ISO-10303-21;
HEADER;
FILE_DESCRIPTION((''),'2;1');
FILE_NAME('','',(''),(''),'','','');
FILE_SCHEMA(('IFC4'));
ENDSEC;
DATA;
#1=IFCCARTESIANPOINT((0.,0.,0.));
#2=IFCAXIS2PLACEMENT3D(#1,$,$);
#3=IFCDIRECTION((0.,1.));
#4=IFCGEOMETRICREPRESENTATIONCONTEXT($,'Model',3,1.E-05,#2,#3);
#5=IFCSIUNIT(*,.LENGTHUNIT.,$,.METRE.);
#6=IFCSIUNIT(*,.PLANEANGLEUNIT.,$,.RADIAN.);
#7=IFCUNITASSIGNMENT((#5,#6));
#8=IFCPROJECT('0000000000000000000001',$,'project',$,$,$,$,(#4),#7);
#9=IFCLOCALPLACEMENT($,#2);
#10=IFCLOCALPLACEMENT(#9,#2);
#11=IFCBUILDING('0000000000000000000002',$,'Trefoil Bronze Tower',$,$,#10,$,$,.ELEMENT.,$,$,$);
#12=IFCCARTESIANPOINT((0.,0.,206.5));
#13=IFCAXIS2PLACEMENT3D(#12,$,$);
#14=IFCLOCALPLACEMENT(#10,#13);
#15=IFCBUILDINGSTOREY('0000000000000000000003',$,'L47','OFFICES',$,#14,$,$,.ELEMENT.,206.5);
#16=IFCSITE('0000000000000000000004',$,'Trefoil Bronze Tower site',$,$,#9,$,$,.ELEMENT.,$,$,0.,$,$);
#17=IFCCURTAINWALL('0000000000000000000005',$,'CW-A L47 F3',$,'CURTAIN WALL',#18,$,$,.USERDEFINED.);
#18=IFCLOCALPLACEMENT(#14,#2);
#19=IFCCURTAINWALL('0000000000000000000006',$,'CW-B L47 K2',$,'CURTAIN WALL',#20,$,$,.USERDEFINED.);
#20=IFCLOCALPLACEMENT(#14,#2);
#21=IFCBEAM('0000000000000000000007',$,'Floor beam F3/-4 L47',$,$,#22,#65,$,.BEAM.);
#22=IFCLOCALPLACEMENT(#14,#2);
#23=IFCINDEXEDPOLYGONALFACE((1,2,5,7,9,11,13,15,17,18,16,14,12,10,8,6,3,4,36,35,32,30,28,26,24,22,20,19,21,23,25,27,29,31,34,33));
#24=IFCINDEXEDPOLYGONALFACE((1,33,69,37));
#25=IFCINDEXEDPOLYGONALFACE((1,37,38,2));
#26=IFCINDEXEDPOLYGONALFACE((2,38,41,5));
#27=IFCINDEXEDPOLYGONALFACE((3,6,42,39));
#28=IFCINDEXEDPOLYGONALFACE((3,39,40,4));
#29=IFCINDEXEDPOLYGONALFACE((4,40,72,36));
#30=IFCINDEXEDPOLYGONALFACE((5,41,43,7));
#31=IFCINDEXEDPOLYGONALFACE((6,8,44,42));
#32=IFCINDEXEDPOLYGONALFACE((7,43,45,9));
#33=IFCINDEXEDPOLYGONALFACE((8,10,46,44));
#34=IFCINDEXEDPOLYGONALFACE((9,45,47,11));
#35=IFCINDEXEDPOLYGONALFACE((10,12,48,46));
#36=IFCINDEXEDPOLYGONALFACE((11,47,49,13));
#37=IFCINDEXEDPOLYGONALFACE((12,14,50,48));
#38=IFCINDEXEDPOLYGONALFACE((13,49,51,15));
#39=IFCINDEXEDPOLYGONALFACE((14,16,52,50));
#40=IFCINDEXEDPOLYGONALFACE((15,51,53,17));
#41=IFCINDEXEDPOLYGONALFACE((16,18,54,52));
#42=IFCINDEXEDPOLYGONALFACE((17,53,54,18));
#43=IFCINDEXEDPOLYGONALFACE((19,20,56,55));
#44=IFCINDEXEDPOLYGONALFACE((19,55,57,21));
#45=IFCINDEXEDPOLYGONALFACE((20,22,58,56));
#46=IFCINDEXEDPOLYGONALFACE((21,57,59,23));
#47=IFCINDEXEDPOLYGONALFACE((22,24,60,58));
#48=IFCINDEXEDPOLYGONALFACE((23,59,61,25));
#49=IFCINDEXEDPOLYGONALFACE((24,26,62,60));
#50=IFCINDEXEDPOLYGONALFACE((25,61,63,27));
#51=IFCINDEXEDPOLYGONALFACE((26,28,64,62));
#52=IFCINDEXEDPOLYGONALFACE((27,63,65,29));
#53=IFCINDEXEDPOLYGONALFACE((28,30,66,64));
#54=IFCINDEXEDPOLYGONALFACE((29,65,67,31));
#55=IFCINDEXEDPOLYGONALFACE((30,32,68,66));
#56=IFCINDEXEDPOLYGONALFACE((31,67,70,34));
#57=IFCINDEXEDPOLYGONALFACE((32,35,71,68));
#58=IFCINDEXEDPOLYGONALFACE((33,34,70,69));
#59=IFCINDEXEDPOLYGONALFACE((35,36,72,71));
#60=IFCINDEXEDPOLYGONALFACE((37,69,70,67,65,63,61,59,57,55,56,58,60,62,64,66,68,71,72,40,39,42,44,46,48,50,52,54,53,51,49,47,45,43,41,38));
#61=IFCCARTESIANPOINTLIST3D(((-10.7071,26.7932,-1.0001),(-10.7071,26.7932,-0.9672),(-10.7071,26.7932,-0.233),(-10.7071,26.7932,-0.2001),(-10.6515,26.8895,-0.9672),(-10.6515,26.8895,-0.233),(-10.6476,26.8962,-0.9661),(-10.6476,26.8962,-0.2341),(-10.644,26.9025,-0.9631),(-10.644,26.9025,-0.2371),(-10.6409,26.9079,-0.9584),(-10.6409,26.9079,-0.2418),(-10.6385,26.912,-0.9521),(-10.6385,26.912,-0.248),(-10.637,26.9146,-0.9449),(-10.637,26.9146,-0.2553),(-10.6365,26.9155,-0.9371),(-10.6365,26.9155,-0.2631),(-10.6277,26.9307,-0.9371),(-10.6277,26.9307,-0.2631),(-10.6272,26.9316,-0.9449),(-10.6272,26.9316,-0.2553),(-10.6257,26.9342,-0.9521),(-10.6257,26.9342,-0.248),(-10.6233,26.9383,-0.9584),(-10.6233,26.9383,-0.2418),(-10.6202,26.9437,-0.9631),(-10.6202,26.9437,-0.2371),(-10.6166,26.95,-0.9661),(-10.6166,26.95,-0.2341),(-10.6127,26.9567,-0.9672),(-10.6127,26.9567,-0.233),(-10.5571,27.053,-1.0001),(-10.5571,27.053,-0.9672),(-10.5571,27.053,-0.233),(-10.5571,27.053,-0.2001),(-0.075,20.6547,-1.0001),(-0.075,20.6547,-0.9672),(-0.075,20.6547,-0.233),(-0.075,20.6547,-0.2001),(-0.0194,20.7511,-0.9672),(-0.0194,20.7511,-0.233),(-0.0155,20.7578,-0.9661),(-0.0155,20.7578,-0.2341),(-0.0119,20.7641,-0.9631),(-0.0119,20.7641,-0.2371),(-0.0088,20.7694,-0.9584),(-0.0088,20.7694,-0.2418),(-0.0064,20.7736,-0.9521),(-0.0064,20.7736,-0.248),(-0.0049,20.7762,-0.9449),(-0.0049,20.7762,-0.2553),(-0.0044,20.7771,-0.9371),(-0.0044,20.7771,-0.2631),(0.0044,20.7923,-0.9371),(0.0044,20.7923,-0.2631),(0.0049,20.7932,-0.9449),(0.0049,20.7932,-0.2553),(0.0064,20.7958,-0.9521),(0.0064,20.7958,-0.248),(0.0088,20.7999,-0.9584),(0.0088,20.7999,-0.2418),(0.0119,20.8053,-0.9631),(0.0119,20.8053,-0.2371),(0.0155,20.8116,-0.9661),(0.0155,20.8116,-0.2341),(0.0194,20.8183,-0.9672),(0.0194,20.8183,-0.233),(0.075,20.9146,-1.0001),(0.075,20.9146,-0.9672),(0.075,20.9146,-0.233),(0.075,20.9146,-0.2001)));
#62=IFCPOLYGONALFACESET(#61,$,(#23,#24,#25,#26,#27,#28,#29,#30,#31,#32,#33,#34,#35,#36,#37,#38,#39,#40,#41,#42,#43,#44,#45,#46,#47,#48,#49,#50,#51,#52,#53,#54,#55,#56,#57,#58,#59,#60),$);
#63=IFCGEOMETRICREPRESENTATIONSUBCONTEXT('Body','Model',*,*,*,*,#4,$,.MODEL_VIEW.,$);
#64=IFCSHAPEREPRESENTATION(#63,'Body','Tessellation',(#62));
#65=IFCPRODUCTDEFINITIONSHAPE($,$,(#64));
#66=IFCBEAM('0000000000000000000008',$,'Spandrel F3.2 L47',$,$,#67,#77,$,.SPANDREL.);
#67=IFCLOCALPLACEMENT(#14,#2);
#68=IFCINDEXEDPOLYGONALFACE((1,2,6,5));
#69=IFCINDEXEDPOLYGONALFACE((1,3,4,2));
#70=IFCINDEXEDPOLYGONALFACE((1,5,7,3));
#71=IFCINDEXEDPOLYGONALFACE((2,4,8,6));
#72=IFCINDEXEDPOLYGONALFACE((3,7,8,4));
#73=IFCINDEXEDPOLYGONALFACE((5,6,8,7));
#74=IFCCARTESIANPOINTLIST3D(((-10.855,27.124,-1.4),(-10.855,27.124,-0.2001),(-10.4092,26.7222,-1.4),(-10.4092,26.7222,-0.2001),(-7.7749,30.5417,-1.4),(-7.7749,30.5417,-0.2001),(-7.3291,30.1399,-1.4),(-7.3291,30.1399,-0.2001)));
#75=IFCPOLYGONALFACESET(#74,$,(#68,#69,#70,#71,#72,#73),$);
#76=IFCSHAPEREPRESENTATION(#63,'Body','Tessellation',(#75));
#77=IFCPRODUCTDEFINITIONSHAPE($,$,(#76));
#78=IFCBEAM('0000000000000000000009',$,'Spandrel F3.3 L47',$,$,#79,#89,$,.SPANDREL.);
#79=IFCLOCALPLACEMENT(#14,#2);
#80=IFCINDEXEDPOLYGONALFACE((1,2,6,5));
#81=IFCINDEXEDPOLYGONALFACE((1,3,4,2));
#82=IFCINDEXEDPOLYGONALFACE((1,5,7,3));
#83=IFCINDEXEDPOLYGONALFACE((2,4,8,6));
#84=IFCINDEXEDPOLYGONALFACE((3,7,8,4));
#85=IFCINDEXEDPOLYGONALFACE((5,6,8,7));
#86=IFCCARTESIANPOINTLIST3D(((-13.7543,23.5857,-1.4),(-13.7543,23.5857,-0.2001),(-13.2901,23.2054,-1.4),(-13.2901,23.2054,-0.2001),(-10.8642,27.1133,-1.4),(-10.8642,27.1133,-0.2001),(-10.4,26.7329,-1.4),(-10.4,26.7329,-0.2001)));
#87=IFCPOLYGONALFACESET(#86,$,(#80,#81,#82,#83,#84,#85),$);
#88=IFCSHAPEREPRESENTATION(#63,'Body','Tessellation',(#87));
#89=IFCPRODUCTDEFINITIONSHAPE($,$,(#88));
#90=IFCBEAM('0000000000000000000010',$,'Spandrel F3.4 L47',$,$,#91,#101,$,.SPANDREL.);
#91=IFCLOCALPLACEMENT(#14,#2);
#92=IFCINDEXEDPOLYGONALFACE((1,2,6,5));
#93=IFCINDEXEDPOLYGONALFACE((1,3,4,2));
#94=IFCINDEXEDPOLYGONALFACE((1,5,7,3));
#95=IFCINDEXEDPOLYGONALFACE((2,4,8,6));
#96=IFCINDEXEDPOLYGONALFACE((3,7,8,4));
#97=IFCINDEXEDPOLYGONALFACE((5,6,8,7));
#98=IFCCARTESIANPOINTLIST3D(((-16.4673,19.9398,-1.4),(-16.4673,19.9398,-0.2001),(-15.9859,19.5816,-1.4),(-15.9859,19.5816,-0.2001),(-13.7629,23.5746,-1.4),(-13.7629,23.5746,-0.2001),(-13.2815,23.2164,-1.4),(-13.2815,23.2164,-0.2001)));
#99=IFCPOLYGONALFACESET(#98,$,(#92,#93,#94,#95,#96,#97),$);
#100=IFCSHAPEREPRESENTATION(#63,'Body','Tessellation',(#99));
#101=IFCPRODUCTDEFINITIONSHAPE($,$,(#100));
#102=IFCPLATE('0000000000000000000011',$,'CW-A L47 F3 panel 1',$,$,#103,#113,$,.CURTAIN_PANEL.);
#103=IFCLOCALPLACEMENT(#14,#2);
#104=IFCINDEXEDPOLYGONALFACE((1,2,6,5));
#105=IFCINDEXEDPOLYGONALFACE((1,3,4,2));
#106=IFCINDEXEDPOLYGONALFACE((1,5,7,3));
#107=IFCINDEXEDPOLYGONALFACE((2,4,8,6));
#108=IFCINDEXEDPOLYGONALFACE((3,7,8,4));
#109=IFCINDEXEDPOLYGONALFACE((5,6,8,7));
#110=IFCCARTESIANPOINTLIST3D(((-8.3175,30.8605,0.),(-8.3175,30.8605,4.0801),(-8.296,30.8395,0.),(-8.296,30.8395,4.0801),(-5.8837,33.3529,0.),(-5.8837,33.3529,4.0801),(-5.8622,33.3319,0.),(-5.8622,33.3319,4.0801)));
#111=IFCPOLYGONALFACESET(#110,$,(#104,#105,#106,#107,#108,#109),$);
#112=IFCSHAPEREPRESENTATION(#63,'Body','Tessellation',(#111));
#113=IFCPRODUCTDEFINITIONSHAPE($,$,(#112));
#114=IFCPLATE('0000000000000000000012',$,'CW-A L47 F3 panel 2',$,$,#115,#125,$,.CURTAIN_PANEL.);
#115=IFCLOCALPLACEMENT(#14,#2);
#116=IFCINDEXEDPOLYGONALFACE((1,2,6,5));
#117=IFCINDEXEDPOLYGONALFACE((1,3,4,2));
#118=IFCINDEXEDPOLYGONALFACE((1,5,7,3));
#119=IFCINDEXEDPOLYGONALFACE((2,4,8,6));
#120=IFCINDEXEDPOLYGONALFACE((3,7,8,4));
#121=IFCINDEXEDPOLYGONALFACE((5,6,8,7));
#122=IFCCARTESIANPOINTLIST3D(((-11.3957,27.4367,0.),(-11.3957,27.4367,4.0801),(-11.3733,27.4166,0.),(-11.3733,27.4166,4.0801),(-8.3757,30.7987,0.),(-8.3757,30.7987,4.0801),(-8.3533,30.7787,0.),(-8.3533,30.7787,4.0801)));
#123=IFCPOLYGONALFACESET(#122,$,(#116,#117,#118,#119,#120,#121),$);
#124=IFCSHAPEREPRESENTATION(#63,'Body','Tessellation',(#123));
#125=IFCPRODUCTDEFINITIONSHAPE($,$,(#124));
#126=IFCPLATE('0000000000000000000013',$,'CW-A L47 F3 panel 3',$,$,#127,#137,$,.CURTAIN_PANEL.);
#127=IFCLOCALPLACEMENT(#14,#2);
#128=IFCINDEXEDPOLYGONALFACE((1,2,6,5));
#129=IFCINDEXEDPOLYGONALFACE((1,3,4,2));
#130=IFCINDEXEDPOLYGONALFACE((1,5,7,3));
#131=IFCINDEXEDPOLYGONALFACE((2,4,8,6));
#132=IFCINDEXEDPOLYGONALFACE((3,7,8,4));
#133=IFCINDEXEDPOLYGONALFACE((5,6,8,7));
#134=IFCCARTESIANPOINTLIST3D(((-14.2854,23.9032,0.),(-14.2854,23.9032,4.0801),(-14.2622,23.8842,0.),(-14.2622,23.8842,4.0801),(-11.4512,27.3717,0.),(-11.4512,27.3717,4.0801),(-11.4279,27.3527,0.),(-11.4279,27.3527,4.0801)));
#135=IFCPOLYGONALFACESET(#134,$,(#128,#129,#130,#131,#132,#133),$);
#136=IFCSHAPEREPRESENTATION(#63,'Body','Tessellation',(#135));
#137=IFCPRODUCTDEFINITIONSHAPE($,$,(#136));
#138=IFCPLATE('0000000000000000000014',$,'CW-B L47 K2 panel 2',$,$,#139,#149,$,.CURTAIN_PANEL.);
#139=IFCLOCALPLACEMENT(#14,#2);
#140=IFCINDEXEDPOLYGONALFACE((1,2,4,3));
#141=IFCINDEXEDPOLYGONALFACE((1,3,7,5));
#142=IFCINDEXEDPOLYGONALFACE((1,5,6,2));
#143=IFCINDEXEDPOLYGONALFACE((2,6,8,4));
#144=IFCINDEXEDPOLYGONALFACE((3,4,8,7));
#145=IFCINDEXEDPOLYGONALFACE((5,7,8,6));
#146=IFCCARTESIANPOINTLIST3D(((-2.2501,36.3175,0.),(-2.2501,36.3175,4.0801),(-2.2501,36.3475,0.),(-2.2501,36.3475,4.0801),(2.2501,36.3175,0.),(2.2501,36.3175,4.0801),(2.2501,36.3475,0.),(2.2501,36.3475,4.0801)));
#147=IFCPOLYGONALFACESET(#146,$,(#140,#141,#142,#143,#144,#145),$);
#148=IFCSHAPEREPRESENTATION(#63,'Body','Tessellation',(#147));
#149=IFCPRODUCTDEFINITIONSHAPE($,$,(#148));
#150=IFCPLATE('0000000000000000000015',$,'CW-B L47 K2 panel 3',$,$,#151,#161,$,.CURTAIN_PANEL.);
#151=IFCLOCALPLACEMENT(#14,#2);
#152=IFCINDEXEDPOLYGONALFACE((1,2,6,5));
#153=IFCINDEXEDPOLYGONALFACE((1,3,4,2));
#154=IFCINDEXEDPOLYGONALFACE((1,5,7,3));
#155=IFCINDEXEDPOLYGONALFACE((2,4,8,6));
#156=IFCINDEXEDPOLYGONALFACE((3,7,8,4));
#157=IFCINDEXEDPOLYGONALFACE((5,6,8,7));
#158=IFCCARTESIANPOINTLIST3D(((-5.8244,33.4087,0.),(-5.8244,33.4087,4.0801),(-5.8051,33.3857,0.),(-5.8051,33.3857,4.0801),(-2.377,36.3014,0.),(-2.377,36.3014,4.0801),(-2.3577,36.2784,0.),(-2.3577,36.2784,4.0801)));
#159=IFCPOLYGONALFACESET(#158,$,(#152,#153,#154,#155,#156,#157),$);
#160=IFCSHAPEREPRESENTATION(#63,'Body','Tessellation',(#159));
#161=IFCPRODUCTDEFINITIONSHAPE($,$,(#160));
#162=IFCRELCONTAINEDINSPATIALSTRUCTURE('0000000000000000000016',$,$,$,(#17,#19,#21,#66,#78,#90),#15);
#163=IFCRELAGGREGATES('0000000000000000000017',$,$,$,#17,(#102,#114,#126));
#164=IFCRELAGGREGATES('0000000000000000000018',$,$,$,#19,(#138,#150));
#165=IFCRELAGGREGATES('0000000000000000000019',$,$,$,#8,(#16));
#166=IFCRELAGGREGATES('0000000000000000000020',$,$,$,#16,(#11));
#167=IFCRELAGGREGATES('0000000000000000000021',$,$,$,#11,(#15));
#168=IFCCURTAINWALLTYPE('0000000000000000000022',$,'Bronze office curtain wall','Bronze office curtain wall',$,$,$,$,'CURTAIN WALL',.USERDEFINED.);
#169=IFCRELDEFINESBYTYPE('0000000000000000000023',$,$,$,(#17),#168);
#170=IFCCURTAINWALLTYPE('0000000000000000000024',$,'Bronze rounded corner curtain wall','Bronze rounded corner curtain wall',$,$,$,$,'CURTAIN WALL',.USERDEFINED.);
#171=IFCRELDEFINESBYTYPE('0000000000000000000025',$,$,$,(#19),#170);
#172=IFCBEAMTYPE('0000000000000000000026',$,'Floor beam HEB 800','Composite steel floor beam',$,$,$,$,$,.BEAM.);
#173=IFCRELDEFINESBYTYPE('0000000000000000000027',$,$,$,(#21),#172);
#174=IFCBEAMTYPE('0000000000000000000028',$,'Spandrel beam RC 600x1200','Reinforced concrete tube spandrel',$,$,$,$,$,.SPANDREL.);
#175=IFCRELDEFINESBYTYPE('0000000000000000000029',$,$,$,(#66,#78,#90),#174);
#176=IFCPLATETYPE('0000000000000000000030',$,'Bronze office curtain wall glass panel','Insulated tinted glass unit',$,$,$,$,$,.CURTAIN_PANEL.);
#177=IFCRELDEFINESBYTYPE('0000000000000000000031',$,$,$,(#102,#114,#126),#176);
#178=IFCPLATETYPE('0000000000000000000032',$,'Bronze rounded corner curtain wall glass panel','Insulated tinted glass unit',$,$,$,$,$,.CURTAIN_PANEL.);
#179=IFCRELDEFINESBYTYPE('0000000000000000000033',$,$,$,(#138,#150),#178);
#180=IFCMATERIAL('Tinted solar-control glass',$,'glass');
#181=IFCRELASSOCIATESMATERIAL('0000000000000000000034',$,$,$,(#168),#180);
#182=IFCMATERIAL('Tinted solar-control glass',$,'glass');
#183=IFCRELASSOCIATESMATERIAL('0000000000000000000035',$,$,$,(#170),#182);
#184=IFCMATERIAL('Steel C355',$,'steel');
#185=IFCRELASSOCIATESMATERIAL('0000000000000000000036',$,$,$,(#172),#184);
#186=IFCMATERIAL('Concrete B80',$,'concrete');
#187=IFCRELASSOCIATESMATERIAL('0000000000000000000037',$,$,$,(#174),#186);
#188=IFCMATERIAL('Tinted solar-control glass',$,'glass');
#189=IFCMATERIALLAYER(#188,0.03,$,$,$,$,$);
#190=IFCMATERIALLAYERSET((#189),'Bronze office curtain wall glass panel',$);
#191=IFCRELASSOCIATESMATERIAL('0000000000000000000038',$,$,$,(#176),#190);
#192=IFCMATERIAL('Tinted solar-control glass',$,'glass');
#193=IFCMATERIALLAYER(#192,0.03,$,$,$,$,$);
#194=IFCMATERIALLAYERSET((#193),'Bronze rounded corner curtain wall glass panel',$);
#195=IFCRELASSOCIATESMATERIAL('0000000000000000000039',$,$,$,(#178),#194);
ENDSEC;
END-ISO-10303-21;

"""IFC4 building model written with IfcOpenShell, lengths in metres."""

from ifc_helpers import new_model, si_unit, direction, frame, origin, origin_2d, place, context, subcontext, project, spatial, rectangle, i_section, extrude, material, layer, layer_set, material_profile, profile_set, type_object, element, aggregate, save


model = new_model("IFC4")

# Units and contexts
model_context = context("Model", 3, precision=1e-05, world=origin(), true_north=direction((0.0, 1.0)))
body_context = subcontext(model_context, "Body", "Model", "MODEL_VIEW")
ifc_project = project(units=[si_unit("LENGTHUNIT", "METRE"), si_unit("PLANEANGLEUNIT", "RADIAN")], contexts=[model_context])

# Site, building, storey
site_placement = place(None, origin())
site = spatial("IfcSite", under=ifc_project, at=site_placement, Name="Trefoil Bronze Tower site", CompositionType="ELEMENT", RefElevation=0.0)
building_placement = place(site_placement, origin())
building = spatial("IfcBuilding", under=site, at=building_placement, Name="Trefoil Bronze Tower", CompositionType="ELEMENT")
storey_placement = place(building_placement, frame((0.0, 0.0, 206.5)))
storey = spatial("IfcBuildingStorey", under=building, at=storey_placement, Name="L47", Description="OFFICES", CompositionType="ELEMENT", Elevation=206.5)

# Curtain walls
ifc_material_1 = material(Name="Tinted solar-control glass", Category="glass")
curtain_wall_type_1 = type_object("IfcCurtainWallType", Name="Bronze office curtain wall", Description="Bronze office curtain wall", ElementType="CURTAIN WALL", PredefinedType="USERDEFINED", material=ifc_material_1)
curtain_wall_1_placement = place(storey_placement, origin())
curtain_wall_1 = element("IfcCurtainWall", 1, at=curtain_wall_1_placement, inside=storey, type_object=curtain_wall_type_1, Name="CW-A L47 F3", ObjectType="CURTAIN WALL", PredefinedType="USERDEFINED")
ifc_material_2 = material(Name="Tinted solar-control glass", Category="glass")
curtain_wall_type_2 = type_object("IfcCurtainWallType", Name="Bronze rounded corner curtain wall", Description="Bronze rounded corner curtain wall", ElementType="CURTAIN WALL", PredefinedType="USERDEFINED", material=ifc_material_2)
curtain_wall_2_placement = place(storey_placement, origin())
curtain_wall_2 = element("IfcCurtainWall", 2, at=curtain_wall_2_placement, inside=storey, type_object=curtain_wall_type_2, Name="CW-B L47 K2", ObjectType="CURTAIN WALL", PredefinedType="USERDEFINED")

# Beams
ifc_material_3 = material(Name="Steel C355", Category="steel")
ifc_material_profile_1 = material_profile(ifc_material_3, i_section(OverallWidth=0.3, OverallDepth=0.8, WebThickness=0.0176, FlangeThickness=0.033, FilletRadius=0.03, at=origin_2d()), Name="HEB 800")
ifc_profile_set_1 = profile_set([ifc_material_profile_1], Name="Steel C355")
beam_type_1 = type_object("IfcBeamType", Name="Floor beam HEB 800", Description="Composite steel floor beam", PredefinedType="BEAM", material=ifc_profile_set_1)
beam_1_placement = place(storey_placement, frame((-10.6321, 26.9231, -0.6001), z_axis=(0.866026, -0.5, 0.0), x_axis=(0.5, 0.866026, 0.0)))
element("IfcBeam", 3, at=beam_1_placement, inside=storey, type_object=beam_type_1, Name="Floor beam F3/-4 L47", PredefinedType="BEAM", context=body_context, shape_type="SweptSolid", body=[
    extrude(i_section(OverallWidth=0.3, OverallDepth=0.8, WebThickness=0.0176, FlangeThickness=0.033, FilletRadius=0.03, at=origin_2d()), origin(), (0.0, 0.0, 1.0), 12.2769),
])
ifc_material_4 = material(Name="Concrete B80", Category="concrete")
ifc_material_profile_2 = material_profile(ifc_material_4, rectangle(XDim=0.6001, YDim=1.2, at=origin_2d()), Name="RC 600x1200")
ifc_profile_set_2 = profile_set([ifc_material_profile_2], Name="Concrete B80")
beam_type_2 = type_object("IfcBeamType", Name="Spandrel beam RC 600x1200", Description="Reinforced concrete tube spandrel", PredefinedType="SPANDREL", material=ifc_profile_set_2)
beam_2_placement = place(storey_placement, frame((-7.552, 30.3408, -0.8), z_axis=(-0.66946, -0.742848, 0.0), x_axis=(0.742848, -0.66946, 0.0)))
element("IfcBeam", 4, at=beam_2_placement, inside=storey, type_object=beam_type_2, Name="Spandrel F3.2 L47", PredefinedType="SPANDREL", context=body_context, shape_type="SweptSolid", body=[
    extrude(rectangle(XDim=0.6001, YDim=1.2, at=origin_2d()), origin(), (0.0, 0.0, 1.0), 4.6008),
])
beam_3_placement = place(storey_placement, frame((-10.6321, 26.9231, -0.8), z_axis=(-0.633754, -0.773535, 0.0), x_axis=(0.773535, -0.633754, 0.0)))
element("IfcBeam", 5, at=beam_3_placement, inside=storey, type_object=beam_type_2, Name="Spandrel F3.3 L47", PredefinedType="SPANDREL", context=body_context, shape_type="SweptSolid", body=[
    extrude(rectangle(XDim=0.6001, YDim=1.2, at=origin_2d()), origin(), (0.0, 0.0, 1.0), 4.5603),
])
beam_4_placement = place(storey_placement, frame((-13.5222, 23.3955, -0.8), z_axis=(-0.596926, -0.802296, 0.0), x_axis=(0.802296, -0.596926, 0.0)))
element("IfcBeam", 6, at=beam_4_placement, inside=storey, type_object=beam_type_2, Name="Spandrel F3.4 L47", PredefinedType="SPANDREL", context=body_context, shape_type="SweptSolid", body=[
    extrude(rectangle(XDim=0.6001, YDim=1.2, at=origin_2d()), origin(), (0.0, 0.0, 1.0), 4.5305),
])

# Plates
ifc_material_5 = material(Name="Tinted solar-control glass", Category="glass")
ifc_layer_1 = layer(ifc_material_5, 0.03)
ifc_layer_set_1 = layer_set([ifc_layer_1], Name="Bronze office curtain wall glass panel")
plate_type_1 = type_object("IfcPlateType", Name="Bronze office curtain wall glass panel", Description="Insulated tinted glass unit", PredefinedType="CURTAIN_PANEL", material=ifc_layer_set_1)
plate_1_placement = place(storey_placement, frame((-7.0898, 32.0962, 0.0), z_axis=(0.0, 0.0, 1.0), x_axis=(-0.698652, -0.715462, 0.0)))
plate_1 = element("IfcPlate", 7, at=plate_1_placement, type_object=plate_type_1, Name="CW-A L47 F3 panel 1", PredefinedType="CURTAIN_PANEL", context=body_context, shape_type="SweptSolid", body=[
    extrude(rectangle(XDim=3.4836, YDim=0.03, at=origin_2d()), origin(), (0.0, 0.0, 1.0), 4.0801),
])
plate_2_placement = place(storey_placement, frame((-9.8745, 29.1077, 0.0), z_axis=(0.0, 0.0, 1.0), x_axis=(-0.668246, -0.743941, 0.0)))
plate_2 = element("IfcPlate", 8, at=plate_2_placement, type_object=plate_type_1, Name="CW-A L47 F3 panel 2", PredefinedType="CURTAIN_PANEL", context=body_context, shape_type="SweptSolid", body=[
    extrude(rectangle(XDim=4.5193, YDim=0.03, at=origin_2d()), origin(), (0.0, 0.0, 1.0), 4.0801),
])
plate_3_placement = place(storey_placement, frame((-12.8567, 25.6279, 0.0), z_axis=(0.0, 0.0, 1.0), x_axis=(-0.632753, -0.774354, 0.0)))
plate_3 = element("IfcPlate", 9, at=plate_3_placement, type_object=plate_type_1, Name="CW-A L47 F3 panel 3", PredefinedType="CURTAIN_PANEL", context=body_context, shape_type="SweptSolid", body=[
    extrude(rectangle(XDim=4.4792, YDim=0.03, at=origin_2d()), origin(), (0.0, 0.0, 1.0), 4.0801),
])
aggregate(curtain_wall_1, [plate_1, plate_2, plate_3])
ifc_material_6 = material(Name="Tinted solar-control glass", Category="glass")
ifc_layer_2 = layer(ifc_material_6, 0.03)
ifc_layer_set_2 = layer_set([ifc_layer_2], Name="Bronze rounded corner curtain wall glass panel")
plate_type_2 = type_object("IfcPlateType", Name="Bronze rounded corner curtain wall glass panel", Description="Insulated tinted glass unit", PredefinedType="CURTAIN_PANEL", material=ifc_layer_set_2)
plate_4_placement = place(storey_placement, frame((0.0, 36.3325, 0.0), z_axis=(0.0, 0.0, 1.0), x_axis=(-1.0, 0.0, 0.0)))
plate_4 = element("IfcPlate", 10, at=plate_4_placement, type_object=plate_type_2, Name="CW-B L47 K2 panel 2", PredefinedType="CURTAIN_PANEL", context=body_context, shape_type="SweptSolid", body=[
    extrude(rectangle(XDim=4.5002, YDim=0.03, at=origin_2d()), origin(), (0.0, 0.0, 1.0), 4.0801),
])
plate_5_placement = place(storey_placement, frame((-4.0911, 34.8435, 0.0), z_axis=(0.0, 0.0, 1.0), x_axis=(-0.766044, -0.642788, 0.0)))
plate_5 = element("IfcPlate", 11, at=plate_5_placement, type_object=plate_type_2, Name="CW-B L47 K2 panel 3", PredefinedType="CURTAIN_PANEL", context=body_context, shape_type="SweptSolid", body=[
    extrude(rectangle(XDim=4.5002, YDim=0.03, at=origin_2d()), origin(), (0.0, 0.0, 1.0), 4.0801),
])
aggregate(curtain_wall_2, [plate_4, plate_5])

save(model, "model.ifc")
